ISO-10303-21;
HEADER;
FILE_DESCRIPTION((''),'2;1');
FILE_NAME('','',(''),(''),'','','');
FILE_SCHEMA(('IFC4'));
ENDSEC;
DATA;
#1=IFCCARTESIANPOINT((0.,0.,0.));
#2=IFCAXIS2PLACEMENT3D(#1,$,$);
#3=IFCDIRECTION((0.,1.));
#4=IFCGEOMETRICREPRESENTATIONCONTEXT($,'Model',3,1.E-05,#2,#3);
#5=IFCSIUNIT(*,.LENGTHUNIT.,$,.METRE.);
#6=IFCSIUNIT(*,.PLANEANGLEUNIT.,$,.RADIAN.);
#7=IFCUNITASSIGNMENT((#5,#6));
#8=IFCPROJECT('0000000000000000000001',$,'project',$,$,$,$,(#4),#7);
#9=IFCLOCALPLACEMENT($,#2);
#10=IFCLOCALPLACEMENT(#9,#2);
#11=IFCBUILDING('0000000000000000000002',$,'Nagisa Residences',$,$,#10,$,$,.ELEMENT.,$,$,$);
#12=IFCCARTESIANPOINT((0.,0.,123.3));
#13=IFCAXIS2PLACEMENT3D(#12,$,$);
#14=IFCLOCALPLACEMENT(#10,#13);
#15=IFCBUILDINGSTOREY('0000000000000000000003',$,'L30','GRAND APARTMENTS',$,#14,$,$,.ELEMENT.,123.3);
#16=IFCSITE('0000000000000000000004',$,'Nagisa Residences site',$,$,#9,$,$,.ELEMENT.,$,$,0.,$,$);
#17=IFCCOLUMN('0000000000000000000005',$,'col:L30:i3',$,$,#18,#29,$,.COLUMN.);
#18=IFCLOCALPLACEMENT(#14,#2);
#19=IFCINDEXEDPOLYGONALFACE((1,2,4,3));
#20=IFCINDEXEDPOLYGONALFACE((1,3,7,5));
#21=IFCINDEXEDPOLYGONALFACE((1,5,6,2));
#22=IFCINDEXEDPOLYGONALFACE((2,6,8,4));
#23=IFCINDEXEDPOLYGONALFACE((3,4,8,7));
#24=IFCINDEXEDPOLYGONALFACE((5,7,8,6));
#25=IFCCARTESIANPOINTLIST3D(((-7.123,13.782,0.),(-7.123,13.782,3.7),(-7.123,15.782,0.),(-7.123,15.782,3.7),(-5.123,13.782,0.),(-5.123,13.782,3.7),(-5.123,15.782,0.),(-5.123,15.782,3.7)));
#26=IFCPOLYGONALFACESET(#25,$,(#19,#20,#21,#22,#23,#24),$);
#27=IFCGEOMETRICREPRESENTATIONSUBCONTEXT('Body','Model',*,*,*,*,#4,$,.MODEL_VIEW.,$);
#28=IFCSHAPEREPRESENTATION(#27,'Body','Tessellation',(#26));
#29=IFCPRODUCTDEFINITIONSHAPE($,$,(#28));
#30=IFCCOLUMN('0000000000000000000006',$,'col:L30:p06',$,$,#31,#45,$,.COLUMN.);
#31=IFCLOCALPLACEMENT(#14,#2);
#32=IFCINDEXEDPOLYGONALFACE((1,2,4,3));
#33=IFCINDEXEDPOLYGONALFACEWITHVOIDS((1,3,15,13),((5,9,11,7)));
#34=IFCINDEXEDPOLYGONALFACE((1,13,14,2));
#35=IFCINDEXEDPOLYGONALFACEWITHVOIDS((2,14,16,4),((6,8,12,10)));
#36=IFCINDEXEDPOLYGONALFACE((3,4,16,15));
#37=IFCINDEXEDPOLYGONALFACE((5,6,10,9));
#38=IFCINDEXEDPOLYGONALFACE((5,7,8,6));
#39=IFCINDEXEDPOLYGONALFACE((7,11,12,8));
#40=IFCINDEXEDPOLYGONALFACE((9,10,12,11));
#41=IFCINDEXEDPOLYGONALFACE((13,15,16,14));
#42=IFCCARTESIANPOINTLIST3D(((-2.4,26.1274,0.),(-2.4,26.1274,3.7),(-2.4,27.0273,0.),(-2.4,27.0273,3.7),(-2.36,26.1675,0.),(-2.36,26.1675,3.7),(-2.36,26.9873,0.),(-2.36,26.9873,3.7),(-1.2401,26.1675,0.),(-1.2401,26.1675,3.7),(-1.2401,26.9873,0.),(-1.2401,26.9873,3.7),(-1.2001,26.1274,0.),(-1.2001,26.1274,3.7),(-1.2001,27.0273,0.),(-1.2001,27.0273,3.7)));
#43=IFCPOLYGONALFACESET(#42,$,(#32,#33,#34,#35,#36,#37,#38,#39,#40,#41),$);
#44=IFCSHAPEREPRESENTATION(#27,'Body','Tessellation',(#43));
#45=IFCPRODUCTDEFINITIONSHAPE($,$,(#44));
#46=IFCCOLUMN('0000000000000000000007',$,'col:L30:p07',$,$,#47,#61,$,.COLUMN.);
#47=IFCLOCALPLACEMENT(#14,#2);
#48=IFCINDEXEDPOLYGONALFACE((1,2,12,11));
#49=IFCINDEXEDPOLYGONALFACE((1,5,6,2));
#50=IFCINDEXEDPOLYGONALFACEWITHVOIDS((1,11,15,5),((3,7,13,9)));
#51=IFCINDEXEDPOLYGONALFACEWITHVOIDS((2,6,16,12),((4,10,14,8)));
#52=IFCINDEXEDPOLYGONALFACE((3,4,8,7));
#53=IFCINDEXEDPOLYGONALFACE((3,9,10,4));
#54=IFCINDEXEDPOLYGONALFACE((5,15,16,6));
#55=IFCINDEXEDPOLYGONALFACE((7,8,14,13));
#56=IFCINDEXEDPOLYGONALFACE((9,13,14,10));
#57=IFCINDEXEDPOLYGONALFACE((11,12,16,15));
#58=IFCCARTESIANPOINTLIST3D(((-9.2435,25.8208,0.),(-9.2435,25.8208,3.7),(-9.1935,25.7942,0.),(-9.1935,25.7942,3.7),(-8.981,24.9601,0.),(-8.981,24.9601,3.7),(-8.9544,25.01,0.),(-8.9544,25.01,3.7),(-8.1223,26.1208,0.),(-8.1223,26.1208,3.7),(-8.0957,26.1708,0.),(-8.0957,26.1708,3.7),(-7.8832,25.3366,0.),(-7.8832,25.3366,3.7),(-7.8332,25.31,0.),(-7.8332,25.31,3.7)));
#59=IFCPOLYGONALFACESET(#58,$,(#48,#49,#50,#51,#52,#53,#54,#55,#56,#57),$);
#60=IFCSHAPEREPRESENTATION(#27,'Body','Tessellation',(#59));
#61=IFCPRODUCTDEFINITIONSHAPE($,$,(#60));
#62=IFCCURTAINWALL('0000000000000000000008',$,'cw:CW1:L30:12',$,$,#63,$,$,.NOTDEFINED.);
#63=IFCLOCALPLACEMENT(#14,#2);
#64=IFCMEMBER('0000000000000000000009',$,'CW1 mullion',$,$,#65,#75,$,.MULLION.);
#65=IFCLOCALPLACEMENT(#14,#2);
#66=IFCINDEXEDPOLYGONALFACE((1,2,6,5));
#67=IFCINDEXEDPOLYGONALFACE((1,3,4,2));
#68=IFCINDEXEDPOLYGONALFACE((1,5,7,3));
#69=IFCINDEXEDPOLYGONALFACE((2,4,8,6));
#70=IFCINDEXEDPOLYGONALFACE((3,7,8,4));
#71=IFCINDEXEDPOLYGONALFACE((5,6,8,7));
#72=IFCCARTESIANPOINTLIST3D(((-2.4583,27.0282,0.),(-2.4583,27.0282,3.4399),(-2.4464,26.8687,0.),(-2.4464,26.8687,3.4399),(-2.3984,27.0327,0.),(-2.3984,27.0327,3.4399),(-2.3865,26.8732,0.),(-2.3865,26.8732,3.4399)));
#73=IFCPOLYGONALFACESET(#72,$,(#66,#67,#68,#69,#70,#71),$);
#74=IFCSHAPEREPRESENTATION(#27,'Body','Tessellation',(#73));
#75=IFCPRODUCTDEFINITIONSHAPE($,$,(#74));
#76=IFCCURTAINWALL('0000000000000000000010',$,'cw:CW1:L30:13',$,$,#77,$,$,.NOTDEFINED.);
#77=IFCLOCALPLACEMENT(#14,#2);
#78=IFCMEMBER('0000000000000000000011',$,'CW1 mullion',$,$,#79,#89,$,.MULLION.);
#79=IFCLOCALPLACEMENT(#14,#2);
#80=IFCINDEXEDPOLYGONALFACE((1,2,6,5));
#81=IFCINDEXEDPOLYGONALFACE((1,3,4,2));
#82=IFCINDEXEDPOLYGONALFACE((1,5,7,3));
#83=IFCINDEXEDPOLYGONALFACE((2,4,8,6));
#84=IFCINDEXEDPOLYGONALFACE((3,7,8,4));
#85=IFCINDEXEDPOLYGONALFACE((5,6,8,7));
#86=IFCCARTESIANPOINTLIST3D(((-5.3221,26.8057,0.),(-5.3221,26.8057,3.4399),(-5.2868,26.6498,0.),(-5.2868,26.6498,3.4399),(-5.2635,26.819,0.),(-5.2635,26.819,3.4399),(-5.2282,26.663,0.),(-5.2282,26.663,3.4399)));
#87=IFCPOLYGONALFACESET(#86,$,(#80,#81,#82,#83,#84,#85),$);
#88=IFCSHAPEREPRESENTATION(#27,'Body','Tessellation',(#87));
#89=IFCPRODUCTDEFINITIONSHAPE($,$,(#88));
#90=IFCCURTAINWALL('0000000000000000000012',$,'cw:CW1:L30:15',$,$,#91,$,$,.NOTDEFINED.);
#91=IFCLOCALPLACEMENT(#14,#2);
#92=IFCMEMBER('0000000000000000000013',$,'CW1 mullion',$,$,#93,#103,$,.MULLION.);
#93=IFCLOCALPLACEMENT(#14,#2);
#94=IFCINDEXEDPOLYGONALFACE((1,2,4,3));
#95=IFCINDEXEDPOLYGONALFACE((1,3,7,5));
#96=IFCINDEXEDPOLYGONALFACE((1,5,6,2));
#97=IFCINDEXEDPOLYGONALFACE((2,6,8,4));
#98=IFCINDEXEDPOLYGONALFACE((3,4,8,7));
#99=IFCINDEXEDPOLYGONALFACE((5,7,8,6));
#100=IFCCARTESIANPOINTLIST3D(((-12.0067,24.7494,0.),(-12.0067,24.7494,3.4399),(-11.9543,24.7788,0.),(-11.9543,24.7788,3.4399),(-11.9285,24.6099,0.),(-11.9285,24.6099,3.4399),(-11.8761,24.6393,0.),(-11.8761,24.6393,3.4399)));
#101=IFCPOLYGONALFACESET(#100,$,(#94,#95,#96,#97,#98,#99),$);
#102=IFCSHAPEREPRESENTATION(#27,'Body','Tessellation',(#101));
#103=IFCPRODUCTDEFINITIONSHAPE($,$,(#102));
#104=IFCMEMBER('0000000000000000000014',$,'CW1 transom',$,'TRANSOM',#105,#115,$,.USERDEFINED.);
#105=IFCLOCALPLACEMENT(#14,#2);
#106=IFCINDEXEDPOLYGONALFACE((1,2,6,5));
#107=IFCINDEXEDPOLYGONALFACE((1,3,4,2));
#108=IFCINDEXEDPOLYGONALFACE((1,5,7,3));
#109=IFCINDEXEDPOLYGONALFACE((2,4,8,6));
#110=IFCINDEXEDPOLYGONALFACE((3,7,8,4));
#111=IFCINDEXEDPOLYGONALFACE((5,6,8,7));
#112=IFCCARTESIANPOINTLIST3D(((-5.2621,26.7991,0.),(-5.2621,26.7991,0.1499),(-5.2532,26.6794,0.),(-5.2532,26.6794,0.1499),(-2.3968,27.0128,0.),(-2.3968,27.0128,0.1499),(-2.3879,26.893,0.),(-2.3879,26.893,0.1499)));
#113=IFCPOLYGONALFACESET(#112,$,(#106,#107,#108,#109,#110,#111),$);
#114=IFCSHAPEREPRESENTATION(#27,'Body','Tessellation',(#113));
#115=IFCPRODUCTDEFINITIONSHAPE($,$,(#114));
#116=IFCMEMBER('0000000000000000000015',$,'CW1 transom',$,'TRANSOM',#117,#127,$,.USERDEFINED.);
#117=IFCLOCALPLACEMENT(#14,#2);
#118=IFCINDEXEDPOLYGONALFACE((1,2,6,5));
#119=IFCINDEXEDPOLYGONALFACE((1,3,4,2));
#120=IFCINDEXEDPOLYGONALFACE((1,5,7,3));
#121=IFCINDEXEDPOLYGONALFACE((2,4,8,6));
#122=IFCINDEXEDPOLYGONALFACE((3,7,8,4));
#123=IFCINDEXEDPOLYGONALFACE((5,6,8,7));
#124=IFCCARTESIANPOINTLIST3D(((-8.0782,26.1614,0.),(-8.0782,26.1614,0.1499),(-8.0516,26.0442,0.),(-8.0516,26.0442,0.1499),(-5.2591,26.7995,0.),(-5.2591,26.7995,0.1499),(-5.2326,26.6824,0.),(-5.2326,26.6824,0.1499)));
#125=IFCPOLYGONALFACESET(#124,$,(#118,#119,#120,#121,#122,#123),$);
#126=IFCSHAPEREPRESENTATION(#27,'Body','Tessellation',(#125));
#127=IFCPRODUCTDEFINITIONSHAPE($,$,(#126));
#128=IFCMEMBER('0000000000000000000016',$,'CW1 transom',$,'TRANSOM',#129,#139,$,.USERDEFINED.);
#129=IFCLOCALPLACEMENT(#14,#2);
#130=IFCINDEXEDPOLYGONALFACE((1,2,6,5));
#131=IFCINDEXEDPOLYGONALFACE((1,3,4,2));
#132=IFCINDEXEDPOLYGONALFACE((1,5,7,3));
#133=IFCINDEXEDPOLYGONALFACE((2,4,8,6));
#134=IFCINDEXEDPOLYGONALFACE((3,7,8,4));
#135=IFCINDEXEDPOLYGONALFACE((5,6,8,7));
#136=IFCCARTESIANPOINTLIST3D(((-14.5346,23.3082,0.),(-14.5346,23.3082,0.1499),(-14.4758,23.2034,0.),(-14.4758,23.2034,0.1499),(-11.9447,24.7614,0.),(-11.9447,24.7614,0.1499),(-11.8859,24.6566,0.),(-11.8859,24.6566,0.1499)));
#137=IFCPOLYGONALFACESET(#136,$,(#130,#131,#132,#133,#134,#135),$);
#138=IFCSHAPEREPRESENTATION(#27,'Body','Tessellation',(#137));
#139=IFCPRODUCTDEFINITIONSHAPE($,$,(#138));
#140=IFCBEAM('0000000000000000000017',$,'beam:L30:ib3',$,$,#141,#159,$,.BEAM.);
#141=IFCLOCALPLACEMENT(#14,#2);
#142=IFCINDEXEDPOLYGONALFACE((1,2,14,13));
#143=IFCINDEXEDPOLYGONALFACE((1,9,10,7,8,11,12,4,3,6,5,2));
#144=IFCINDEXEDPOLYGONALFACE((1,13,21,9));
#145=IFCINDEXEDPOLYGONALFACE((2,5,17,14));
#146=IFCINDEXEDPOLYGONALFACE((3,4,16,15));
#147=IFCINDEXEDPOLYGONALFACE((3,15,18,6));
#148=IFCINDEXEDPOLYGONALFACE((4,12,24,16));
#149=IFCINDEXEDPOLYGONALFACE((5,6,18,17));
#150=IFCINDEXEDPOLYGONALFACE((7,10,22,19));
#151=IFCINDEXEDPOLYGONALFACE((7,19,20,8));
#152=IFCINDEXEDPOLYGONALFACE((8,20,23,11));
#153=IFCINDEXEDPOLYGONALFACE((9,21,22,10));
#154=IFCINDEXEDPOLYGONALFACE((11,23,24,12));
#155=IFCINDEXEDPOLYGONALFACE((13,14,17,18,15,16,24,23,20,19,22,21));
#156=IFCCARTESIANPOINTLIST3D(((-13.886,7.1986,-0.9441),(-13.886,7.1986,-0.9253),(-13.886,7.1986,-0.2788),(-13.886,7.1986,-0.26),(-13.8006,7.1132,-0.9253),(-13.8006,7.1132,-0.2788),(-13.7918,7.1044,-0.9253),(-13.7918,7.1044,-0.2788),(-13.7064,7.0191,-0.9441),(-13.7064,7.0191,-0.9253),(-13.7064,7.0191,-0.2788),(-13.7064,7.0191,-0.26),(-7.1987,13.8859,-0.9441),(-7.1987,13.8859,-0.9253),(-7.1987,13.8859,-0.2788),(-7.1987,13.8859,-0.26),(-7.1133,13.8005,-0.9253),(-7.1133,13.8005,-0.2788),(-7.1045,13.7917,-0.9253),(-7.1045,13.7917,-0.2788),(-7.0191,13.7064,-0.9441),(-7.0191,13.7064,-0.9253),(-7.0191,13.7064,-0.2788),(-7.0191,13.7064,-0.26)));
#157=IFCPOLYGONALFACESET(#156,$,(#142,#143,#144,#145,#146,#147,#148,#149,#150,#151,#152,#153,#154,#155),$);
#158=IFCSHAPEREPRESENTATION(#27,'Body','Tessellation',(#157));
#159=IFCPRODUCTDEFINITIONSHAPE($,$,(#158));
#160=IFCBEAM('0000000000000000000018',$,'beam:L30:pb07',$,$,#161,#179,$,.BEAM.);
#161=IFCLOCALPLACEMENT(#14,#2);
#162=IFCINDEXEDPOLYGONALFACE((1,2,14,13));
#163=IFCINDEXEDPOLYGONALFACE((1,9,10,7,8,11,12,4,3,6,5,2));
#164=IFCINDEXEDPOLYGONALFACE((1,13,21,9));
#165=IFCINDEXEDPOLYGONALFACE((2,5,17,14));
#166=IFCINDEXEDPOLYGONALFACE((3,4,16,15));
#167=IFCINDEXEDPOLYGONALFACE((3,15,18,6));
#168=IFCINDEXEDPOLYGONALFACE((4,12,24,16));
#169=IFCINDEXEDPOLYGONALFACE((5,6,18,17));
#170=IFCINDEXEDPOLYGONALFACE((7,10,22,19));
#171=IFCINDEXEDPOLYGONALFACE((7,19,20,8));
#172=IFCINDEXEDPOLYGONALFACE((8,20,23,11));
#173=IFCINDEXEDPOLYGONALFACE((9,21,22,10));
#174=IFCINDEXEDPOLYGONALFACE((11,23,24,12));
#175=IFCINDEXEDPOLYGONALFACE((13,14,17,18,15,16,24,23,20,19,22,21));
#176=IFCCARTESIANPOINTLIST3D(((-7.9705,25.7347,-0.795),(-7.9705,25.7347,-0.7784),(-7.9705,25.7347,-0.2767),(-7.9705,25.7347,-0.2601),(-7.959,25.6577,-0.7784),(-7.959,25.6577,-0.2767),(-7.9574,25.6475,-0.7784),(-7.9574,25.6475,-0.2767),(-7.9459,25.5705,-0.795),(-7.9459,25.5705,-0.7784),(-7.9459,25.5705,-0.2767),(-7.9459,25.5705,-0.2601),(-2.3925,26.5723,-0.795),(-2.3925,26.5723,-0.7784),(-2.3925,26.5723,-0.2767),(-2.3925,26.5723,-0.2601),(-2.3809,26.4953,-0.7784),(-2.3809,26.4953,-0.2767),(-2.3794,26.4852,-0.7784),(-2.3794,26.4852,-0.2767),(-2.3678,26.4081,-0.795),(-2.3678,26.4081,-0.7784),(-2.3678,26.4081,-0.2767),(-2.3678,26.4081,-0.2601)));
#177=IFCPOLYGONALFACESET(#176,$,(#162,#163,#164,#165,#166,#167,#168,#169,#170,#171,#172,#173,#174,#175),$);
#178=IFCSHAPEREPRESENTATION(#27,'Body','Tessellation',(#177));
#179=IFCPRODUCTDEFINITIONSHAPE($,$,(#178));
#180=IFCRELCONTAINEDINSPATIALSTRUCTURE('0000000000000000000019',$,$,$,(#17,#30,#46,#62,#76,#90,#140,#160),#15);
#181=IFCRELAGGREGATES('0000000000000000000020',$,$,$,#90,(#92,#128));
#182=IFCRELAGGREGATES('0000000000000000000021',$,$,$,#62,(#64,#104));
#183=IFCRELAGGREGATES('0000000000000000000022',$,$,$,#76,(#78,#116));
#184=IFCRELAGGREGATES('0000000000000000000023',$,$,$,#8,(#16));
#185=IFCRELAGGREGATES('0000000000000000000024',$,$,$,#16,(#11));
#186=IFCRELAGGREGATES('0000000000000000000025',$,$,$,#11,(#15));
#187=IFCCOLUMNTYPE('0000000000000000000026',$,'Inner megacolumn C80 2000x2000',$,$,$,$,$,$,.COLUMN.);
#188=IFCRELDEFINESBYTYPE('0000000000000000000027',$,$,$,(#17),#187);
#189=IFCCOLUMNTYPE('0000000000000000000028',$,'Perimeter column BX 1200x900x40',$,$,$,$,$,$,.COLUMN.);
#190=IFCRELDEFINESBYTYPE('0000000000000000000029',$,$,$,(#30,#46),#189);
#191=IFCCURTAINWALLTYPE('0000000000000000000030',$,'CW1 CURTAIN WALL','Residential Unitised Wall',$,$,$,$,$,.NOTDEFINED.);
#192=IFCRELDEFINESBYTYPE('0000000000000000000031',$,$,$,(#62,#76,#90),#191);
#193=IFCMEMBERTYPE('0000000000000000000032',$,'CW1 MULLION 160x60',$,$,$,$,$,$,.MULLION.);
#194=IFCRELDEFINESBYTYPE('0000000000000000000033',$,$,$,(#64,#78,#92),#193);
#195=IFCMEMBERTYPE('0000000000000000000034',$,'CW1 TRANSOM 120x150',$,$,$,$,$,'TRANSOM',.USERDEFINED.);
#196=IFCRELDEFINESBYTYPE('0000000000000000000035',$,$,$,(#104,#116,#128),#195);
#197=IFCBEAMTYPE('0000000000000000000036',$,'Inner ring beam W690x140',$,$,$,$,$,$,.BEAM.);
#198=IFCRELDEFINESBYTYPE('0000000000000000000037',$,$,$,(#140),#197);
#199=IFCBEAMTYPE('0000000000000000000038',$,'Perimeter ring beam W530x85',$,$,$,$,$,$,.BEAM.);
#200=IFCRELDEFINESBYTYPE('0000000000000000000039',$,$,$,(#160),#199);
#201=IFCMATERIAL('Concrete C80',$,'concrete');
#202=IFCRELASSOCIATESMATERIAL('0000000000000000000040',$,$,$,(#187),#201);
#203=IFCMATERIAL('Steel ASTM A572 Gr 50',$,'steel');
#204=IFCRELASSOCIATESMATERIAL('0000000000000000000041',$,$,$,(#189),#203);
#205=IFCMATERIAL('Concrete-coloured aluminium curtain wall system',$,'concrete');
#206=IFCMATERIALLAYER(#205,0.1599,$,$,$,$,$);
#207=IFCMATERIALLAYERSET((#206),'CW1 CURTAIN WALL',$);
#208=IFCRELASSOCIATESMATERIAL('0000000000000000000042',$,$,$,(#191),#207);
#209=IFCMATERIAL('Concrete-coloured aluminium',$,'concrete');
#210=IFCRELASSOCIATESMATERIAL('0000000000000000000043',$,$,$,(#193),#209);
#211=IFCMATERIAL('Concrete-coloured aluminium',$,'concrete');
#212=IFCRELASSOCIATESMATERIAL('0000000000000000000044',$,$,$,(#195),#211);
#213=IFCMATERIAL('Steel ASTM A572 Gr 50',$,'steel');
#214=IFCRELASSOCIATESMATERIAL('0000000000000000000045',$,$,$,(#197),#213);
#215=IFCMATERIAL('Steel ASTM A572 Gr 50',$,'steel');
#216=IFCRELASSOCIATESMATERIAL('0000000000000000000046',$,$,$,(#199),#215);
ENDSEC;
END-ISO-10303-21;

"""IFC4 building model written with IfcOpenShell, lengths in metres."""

from ifc_helpers import new_model, si_unit, direction, frame, origin, origin_2d, place, context, subcontext, project, spatial, rectangle, hollow_rectangle, i_section, extrude, material, layer, layer_set, material_profile, profile_set, type_object, element, aggregate, save


model = new_model("IFC4")

# Units and contexts
model_context = context("Model", 3, precision=1e-05, world=origin(), true_north=direction((0.0, 1.0)))
body_context = subcontext(model_context, "Body", "Model", "MODEL_VIEW")
ifc_project = project(units=[si_unit("LENGTHUNIT", "METRE"), si_unit("PLANEANGLEUNIT", "RADIAN")], contexts=[model_context])

# Site, building, storey
site_placement = place(None, origin())
site = spatial("IfcSite", under=ifc_project, at=site_placement, Name="Nagisa Residences site", CompositionType="ELEMENT", RefElevation=0.0)
building_placement = place(site_placement, origin())
building = spatial("IfcBuilding", under=site, at=building_placement, Name="Nagisa Residences", CompositionType="ELEMENT")
storey_placement = place(building_placement, frame((0.0, 0.0, 123.3)))
storey = spatial("IfcBuildingStorey", under=building, at=storey_placement, Name="L30", Description="GRAND APARTMENTS", CompositionType="ELEMENT", Elevation=123.3)

# Columns
ifc_material_1 = material(Name="Concrete C80", Category="concrete")
ifc_material_profile_1 = material_profile(ifc_material_1, rectangle(XDim=2.0, YDim=2.0, at=origin_2d()), Name="C80 2000x2000")
ifc_profile_set_1 = profile_set([ifc_material_profile_1], Name="Concrete C80")
column_type_1 = type_object("IfcColumnType", Name="Inner megacolumn C80 2000x2000", PredefinedType="COLUMN", material=ifc_profile_set_1)
column_placement = place(storey_placement, frame((-6.123, 14.782, 0.0), z_axis=(0.0, 0.0, 1.0), x_axis=(1.0, 0.0, 0.0)))
element("IfcColumn", 1, at=column_placement, inside=storey, type_object=column_type_1, Name="col:L30:i3", PredefinedType="COLUMN", context=body_context, shape_type="SweptSolid", body=[
    extrude(rectangle(XDim=2.0, YDim=2.0, at=origin_2d()), origin(), (0.0, 0.0, 1.0), 3.7),
])
ifc_material_2 = material(Name="Steel ASTM A572 Gr 50", Category="steel")
ifc_material_profile_2 = material_profile(ifc_material_2, hollow_rectangle(XDim=1.2, YDim=0.8999, WallThickness=0.04, at=origin_2d()), Name="BX 1200x900x40")
ifc_profile_set_2 = profile_set([ifc_material_profile_2], Name="Steel ASTM A572 Gr 50")
column_type_2 = type_object("IfcColumnType", Name="Perimeter column BX 1200x900x40", PredefinedType="COLUMN", material=ifc_profile_set_2)
for number, where, z_axis, x_axis, name in (
    (2, (-1.8, 26.5774, 0.0), (0.0, 0.0, 1.0), (-1.0, 0.0, 0.0), "col:L30:p06"),
    (3, (-8.5383, 25.5654, 0.0), (0.0, 0.0, 1.0), (-0.956525, -0.291652, 0.0), "col:L30:p07"),
):
    element("IfcColumn", number, at=place(storey_placement, frame(where, z_axis=z_axis, x_axis=x_axis)), inside=storey, type_object=column_type_2, Name=name, PredefinedType="COLUMN", context=body_context, shape_type="SweptSolid", body=[
        extrude(hollow_rectangle(XDim=1.2, YDim=0.8999, WallThickness=0.04, at=origin_2d()), origin(), (0.0, 0.0, 1.0), 3.7),
    ])

# Curtain walls, members
ifc_material_3 = material(Name="Concrete-coloured aluminium curtain wall system", Category="concrete")
ifc_layer_1 = layer(ifc_material_3, 0.1599)
ifc_layer_set_1 = layer_set([ifc_layer_1], Name="CW1 CURTAIN WALL")
curtain_wall_type = type_object("IfcCurtainWallType", Name="CW1 CURTAIN WALL", Description="Residential Unitised Wall", PredefinedType="NOTDEFINED", material=ifc_layer_set_1)
curtain_wall_1_placement = place(storey_placement, origin())
curtain_wall_1 = element("IfcCurtainWall", 4, at=curtain_wall_1_placement, inside=storey, type_object=curtain_wall_type, Name="cw:CW1:L30:12", PredefinedType="NOTDEFINED")
ifc_material_4 = material(Name="Concrete-coloured aluminium", Category="concrete")
ifc_material_profile_3 = material_profile(ifc_material_4, rectangle(XDim=0.1599, YDim=0.0601, at=origin_2d()), Name="CW1 MULLION 160x60")
ifc_profile_set_3 = profile_set([ifc_material_profile_3], Name="Concrete-coloured aluminium")
member_type_1 = type_object("IfcMemberType", Name="CW1 MULLION 160x60", PredefinedType="MULLION", material=ifc_profile_set_3)
member_1_placement = place(storey_placement, frame((-2.4224, 26.9507, 0.0), z_axis=(0.0, 0.0, 1.0), x_axis=(0.074377, -0.99723, 0.0)))
member_1 = element("IfcMember", 5, at=member_1_placement, type_object=member_type_1, Name="CW1 mullion", PredefinedType="MULLION", context=body_context, shape_type="SweptSolid", body=[
    extrude(rectangle(XDim=0.1599, YDim=0.0601, at=origin_2d()), origin(), (0.0, 0.0, 1.0), 3.4399),
])
curtain_wall_2_placement = place(storey_placement, origin())
curtain_wall_2 = element("IfcCurtainWall", 6, at=curtain_wall_2_placement, inside=storey, type_object=curtain_wall_type, Name="cw:CW1:L30:13", PredefinedType="NOTDEFINED")
member_2_placement = place(storey_placement, frame((-5.2751, 26.7344, 0.0), z_axis=(0.0, 0.0, 1.0), x_axis=(0.220764, -0.975327, 0.0)))
member_2 = element("IfcMember", 7, at=member_2_placement, type_object=member_type_1, Name="CW1 mullion", PredefinedType="MULLION", context=body_context, shape_type="SweptSolid", body=[
    extrude(rectangle(XDim=0.1599, YDim=0.0601, at=origin_2d()), origin(), (0.0, 0.0, 1.0), 3.4399),
])
curtain_wall_3_placement = place(storey_placement, origin())
curtain_wall_3 = element("IfcCurtainWall", 8, at=curtain_wall_3_placement, inside=storey, type_object=curtain_wall_type, Name="cw:CW1:L30:15", PredefinedType="NOTDEFINED")
member_3_placement = place(storey_placement, frame((-11.9414, 24.6943, 0.0), z_axis=(0.0, 0.0, 1.0), x_axis=(0.489377, -0.872072, 0.0)))
member_3 = element("IfcMember", 9, at=member_3_placement, type_object=member_type_1, Name="CW1 mullion", PredefinedType="MULLION", context=body_context, shape_type="SweptSolid", body=[
    extrude(rectangle(XDim=0.1599, YDim=0.0601, at=origin_2d()), origin(), (0.0, 0.0, 1.0), 3.4399),
])

# Members
ifc_material_5 = material(Name="Concrete-coloured aluminium", Category="concrete")
ifc_material_profile_4 = material_profile(ifc_material_5, rectangle(XDim=0.1201, YDim=0.1499, at=origin_2d()), Name="CW1 TRANSOM 120x150")
ifc_profile_set_4 = profile_set([ifc_material_profile_4], Name="Concrete-coloured aluminium")
member_type_2 = type_object("IfcMemberType", Name="CW1 TRANSOM 120x150", ElementType="TRANSOM", PredefinedType="USERDEFINED", material=ifc_profile_set_4)
member_4_placement = place(storey_placement, frame((-2.3923, 26.9529, 0.075), z_axis=(-0.997232, -0.074351, 0.0), x_axis=(0.074351, -0.997232, 0.0)))
member_4 = element("IfcMember", 10, at=member_4_placement, type_object=member_type_2, Name="CW1 transom", ObjectType="TRANSOM", PredefinedType="USERDEFINED", context=body_context, shape_type="SweptSolid", body=[
    extrude(rectangle(XDim=0.1201, YDim=0.1499, at=origin_2d()), origin(), (0.0, 0.0, 1.0), 2.8733),
])
member_5_placement = place(storey_placement, frame((-5.2458, 26.741, 0.075), z_axis=(-0.975321, -0.220792, 0.0), x_axis=(0.220792, -0.975321, 0.0)))
member_5 = element("IfcMember", 11, at=member_5_placement, type_object=member_type_2, Name="CW1 transom", ObjectType="TRANSOM", PredefinedType="USERDEFINED", context=body_context, shape_type="SweptSolid", body=[
    extrude(rectangle(XDim=0.1201, YDim=0.1499, at=origin_2d()), origin(), (0.0, 0.0, 1.0), 2.8904),
])
member_6_placement = place(storey_placement, frame((-11.9153, 24.709, 0.075), z_axis=(-0.872102, -0.489324, 0.0), x_axis=(0.489324, -0.872102, 0.0)))
member_6 = element("IfcMember", 12, at=member_6_placement, type_object=member_type_2, Name="CW1 transom", ObjectType="TRANSOM", PredefinedType="USERDEFINED", context=body_context, shape_type="SweptSolid", body=[
    extrude(rectangle(XDim=0.1201, YDim=0.1499, at=origin_2d()), origin(), (0.0, 0.0, 1.0), 2.9697),
])
aggregate(curtain_wall_3, [member_3, member_6])

# Beams
ifc_material_6 = material(Name="Steel ASTM A572 Gr 50", Category="steel")
ifc_material_profile_5 = material_profile(ifc_material_6, i_section(OverallWidth=0.2539, OverallDepth=0.6841, WebThickness=0.0125, FlangeThickness=0.0188, at=origin_2d()), Name="W690x140")
ifc_profile_set_5 = profile_set([ifc_material_profile_5], Name="Steel ASTM A572 Gr 50")
beam_type_1 = type_object("IfcBeamType", Name="Inner ring beam W690x140", PredefinedType="BEAM", material=ifc_profile_set_5)
beam_1_placement = place(storey_placement, frame((-7.1089, 13.7961, -0.6021), z_axis=(-0.707107, -0.707107, 0.0), x_axis=(0.707107, -0.707107, 0.0)))
element("IfcBeam", 13, at=beam_1_placement, inside=storey, type_object=beam_type_1, Name="beam:L30:ib3", PredefinedType="BEAM", context=body_context, shape_type="SweptSolid", body=[
    extrude(i_section(OverallWidth=0.2539, OverallDepth=0.6841, WebThickness=0.0125, FlangeThickness=0.0188, at=origin_2d()), origin(), (0.0, 0.0, 1.0), 9.4573),
])
ifc_material_7 = material(Name="Steel ASTM A572 Gr 50", Category="steel")
ifc_material_profile_6 = material_profile(ifc_material_7, i_section(OverallWidth=0.166, OverallDepth=0.5349, WebThickness=0.0103, FlangeThickness=0.0166, at=origin_2d()), Name="W530x85")
ifc_profile_set_6 = profile_set([ifc_material_profile_6], Name="Steel ASTM A572 Gr 50")
beam_type_2 = type_object("IfcBeamType", Name="Perimeter ring beam W530x85", PredefinedType="BEAM", material=ifc_profile_set_6)
beam_2_placement = place(storey_placement, frame((-2.3801, 26.4902, -0.5276), z_axis=(-0.988912, -0.148501, 0.0), x_axis=(0.148501, -0.988912, 0.0)))
element("IfcBeam", 14, at=beam_2_placement, inside=storey, type_object=beam_type_2, Name="beam:L30:pb07", PredefinedType="BEAM", context=body_context, shape_type="SweptSolid", body=[
    extrude(i_section(OverallWidth=0.166, OverallDepth=0.5349, WebThickness=0.0103, FlangeThickness=0.0166, at=origin_2d()), origin(), (0.0, 0.0, 1.0), 5.6406),
])

aggregate(curtain_wall_1, [member_1, member_4])
aggregate(curtain_wall_2, [member_2, member_5])

save(model, "model.ifc")
